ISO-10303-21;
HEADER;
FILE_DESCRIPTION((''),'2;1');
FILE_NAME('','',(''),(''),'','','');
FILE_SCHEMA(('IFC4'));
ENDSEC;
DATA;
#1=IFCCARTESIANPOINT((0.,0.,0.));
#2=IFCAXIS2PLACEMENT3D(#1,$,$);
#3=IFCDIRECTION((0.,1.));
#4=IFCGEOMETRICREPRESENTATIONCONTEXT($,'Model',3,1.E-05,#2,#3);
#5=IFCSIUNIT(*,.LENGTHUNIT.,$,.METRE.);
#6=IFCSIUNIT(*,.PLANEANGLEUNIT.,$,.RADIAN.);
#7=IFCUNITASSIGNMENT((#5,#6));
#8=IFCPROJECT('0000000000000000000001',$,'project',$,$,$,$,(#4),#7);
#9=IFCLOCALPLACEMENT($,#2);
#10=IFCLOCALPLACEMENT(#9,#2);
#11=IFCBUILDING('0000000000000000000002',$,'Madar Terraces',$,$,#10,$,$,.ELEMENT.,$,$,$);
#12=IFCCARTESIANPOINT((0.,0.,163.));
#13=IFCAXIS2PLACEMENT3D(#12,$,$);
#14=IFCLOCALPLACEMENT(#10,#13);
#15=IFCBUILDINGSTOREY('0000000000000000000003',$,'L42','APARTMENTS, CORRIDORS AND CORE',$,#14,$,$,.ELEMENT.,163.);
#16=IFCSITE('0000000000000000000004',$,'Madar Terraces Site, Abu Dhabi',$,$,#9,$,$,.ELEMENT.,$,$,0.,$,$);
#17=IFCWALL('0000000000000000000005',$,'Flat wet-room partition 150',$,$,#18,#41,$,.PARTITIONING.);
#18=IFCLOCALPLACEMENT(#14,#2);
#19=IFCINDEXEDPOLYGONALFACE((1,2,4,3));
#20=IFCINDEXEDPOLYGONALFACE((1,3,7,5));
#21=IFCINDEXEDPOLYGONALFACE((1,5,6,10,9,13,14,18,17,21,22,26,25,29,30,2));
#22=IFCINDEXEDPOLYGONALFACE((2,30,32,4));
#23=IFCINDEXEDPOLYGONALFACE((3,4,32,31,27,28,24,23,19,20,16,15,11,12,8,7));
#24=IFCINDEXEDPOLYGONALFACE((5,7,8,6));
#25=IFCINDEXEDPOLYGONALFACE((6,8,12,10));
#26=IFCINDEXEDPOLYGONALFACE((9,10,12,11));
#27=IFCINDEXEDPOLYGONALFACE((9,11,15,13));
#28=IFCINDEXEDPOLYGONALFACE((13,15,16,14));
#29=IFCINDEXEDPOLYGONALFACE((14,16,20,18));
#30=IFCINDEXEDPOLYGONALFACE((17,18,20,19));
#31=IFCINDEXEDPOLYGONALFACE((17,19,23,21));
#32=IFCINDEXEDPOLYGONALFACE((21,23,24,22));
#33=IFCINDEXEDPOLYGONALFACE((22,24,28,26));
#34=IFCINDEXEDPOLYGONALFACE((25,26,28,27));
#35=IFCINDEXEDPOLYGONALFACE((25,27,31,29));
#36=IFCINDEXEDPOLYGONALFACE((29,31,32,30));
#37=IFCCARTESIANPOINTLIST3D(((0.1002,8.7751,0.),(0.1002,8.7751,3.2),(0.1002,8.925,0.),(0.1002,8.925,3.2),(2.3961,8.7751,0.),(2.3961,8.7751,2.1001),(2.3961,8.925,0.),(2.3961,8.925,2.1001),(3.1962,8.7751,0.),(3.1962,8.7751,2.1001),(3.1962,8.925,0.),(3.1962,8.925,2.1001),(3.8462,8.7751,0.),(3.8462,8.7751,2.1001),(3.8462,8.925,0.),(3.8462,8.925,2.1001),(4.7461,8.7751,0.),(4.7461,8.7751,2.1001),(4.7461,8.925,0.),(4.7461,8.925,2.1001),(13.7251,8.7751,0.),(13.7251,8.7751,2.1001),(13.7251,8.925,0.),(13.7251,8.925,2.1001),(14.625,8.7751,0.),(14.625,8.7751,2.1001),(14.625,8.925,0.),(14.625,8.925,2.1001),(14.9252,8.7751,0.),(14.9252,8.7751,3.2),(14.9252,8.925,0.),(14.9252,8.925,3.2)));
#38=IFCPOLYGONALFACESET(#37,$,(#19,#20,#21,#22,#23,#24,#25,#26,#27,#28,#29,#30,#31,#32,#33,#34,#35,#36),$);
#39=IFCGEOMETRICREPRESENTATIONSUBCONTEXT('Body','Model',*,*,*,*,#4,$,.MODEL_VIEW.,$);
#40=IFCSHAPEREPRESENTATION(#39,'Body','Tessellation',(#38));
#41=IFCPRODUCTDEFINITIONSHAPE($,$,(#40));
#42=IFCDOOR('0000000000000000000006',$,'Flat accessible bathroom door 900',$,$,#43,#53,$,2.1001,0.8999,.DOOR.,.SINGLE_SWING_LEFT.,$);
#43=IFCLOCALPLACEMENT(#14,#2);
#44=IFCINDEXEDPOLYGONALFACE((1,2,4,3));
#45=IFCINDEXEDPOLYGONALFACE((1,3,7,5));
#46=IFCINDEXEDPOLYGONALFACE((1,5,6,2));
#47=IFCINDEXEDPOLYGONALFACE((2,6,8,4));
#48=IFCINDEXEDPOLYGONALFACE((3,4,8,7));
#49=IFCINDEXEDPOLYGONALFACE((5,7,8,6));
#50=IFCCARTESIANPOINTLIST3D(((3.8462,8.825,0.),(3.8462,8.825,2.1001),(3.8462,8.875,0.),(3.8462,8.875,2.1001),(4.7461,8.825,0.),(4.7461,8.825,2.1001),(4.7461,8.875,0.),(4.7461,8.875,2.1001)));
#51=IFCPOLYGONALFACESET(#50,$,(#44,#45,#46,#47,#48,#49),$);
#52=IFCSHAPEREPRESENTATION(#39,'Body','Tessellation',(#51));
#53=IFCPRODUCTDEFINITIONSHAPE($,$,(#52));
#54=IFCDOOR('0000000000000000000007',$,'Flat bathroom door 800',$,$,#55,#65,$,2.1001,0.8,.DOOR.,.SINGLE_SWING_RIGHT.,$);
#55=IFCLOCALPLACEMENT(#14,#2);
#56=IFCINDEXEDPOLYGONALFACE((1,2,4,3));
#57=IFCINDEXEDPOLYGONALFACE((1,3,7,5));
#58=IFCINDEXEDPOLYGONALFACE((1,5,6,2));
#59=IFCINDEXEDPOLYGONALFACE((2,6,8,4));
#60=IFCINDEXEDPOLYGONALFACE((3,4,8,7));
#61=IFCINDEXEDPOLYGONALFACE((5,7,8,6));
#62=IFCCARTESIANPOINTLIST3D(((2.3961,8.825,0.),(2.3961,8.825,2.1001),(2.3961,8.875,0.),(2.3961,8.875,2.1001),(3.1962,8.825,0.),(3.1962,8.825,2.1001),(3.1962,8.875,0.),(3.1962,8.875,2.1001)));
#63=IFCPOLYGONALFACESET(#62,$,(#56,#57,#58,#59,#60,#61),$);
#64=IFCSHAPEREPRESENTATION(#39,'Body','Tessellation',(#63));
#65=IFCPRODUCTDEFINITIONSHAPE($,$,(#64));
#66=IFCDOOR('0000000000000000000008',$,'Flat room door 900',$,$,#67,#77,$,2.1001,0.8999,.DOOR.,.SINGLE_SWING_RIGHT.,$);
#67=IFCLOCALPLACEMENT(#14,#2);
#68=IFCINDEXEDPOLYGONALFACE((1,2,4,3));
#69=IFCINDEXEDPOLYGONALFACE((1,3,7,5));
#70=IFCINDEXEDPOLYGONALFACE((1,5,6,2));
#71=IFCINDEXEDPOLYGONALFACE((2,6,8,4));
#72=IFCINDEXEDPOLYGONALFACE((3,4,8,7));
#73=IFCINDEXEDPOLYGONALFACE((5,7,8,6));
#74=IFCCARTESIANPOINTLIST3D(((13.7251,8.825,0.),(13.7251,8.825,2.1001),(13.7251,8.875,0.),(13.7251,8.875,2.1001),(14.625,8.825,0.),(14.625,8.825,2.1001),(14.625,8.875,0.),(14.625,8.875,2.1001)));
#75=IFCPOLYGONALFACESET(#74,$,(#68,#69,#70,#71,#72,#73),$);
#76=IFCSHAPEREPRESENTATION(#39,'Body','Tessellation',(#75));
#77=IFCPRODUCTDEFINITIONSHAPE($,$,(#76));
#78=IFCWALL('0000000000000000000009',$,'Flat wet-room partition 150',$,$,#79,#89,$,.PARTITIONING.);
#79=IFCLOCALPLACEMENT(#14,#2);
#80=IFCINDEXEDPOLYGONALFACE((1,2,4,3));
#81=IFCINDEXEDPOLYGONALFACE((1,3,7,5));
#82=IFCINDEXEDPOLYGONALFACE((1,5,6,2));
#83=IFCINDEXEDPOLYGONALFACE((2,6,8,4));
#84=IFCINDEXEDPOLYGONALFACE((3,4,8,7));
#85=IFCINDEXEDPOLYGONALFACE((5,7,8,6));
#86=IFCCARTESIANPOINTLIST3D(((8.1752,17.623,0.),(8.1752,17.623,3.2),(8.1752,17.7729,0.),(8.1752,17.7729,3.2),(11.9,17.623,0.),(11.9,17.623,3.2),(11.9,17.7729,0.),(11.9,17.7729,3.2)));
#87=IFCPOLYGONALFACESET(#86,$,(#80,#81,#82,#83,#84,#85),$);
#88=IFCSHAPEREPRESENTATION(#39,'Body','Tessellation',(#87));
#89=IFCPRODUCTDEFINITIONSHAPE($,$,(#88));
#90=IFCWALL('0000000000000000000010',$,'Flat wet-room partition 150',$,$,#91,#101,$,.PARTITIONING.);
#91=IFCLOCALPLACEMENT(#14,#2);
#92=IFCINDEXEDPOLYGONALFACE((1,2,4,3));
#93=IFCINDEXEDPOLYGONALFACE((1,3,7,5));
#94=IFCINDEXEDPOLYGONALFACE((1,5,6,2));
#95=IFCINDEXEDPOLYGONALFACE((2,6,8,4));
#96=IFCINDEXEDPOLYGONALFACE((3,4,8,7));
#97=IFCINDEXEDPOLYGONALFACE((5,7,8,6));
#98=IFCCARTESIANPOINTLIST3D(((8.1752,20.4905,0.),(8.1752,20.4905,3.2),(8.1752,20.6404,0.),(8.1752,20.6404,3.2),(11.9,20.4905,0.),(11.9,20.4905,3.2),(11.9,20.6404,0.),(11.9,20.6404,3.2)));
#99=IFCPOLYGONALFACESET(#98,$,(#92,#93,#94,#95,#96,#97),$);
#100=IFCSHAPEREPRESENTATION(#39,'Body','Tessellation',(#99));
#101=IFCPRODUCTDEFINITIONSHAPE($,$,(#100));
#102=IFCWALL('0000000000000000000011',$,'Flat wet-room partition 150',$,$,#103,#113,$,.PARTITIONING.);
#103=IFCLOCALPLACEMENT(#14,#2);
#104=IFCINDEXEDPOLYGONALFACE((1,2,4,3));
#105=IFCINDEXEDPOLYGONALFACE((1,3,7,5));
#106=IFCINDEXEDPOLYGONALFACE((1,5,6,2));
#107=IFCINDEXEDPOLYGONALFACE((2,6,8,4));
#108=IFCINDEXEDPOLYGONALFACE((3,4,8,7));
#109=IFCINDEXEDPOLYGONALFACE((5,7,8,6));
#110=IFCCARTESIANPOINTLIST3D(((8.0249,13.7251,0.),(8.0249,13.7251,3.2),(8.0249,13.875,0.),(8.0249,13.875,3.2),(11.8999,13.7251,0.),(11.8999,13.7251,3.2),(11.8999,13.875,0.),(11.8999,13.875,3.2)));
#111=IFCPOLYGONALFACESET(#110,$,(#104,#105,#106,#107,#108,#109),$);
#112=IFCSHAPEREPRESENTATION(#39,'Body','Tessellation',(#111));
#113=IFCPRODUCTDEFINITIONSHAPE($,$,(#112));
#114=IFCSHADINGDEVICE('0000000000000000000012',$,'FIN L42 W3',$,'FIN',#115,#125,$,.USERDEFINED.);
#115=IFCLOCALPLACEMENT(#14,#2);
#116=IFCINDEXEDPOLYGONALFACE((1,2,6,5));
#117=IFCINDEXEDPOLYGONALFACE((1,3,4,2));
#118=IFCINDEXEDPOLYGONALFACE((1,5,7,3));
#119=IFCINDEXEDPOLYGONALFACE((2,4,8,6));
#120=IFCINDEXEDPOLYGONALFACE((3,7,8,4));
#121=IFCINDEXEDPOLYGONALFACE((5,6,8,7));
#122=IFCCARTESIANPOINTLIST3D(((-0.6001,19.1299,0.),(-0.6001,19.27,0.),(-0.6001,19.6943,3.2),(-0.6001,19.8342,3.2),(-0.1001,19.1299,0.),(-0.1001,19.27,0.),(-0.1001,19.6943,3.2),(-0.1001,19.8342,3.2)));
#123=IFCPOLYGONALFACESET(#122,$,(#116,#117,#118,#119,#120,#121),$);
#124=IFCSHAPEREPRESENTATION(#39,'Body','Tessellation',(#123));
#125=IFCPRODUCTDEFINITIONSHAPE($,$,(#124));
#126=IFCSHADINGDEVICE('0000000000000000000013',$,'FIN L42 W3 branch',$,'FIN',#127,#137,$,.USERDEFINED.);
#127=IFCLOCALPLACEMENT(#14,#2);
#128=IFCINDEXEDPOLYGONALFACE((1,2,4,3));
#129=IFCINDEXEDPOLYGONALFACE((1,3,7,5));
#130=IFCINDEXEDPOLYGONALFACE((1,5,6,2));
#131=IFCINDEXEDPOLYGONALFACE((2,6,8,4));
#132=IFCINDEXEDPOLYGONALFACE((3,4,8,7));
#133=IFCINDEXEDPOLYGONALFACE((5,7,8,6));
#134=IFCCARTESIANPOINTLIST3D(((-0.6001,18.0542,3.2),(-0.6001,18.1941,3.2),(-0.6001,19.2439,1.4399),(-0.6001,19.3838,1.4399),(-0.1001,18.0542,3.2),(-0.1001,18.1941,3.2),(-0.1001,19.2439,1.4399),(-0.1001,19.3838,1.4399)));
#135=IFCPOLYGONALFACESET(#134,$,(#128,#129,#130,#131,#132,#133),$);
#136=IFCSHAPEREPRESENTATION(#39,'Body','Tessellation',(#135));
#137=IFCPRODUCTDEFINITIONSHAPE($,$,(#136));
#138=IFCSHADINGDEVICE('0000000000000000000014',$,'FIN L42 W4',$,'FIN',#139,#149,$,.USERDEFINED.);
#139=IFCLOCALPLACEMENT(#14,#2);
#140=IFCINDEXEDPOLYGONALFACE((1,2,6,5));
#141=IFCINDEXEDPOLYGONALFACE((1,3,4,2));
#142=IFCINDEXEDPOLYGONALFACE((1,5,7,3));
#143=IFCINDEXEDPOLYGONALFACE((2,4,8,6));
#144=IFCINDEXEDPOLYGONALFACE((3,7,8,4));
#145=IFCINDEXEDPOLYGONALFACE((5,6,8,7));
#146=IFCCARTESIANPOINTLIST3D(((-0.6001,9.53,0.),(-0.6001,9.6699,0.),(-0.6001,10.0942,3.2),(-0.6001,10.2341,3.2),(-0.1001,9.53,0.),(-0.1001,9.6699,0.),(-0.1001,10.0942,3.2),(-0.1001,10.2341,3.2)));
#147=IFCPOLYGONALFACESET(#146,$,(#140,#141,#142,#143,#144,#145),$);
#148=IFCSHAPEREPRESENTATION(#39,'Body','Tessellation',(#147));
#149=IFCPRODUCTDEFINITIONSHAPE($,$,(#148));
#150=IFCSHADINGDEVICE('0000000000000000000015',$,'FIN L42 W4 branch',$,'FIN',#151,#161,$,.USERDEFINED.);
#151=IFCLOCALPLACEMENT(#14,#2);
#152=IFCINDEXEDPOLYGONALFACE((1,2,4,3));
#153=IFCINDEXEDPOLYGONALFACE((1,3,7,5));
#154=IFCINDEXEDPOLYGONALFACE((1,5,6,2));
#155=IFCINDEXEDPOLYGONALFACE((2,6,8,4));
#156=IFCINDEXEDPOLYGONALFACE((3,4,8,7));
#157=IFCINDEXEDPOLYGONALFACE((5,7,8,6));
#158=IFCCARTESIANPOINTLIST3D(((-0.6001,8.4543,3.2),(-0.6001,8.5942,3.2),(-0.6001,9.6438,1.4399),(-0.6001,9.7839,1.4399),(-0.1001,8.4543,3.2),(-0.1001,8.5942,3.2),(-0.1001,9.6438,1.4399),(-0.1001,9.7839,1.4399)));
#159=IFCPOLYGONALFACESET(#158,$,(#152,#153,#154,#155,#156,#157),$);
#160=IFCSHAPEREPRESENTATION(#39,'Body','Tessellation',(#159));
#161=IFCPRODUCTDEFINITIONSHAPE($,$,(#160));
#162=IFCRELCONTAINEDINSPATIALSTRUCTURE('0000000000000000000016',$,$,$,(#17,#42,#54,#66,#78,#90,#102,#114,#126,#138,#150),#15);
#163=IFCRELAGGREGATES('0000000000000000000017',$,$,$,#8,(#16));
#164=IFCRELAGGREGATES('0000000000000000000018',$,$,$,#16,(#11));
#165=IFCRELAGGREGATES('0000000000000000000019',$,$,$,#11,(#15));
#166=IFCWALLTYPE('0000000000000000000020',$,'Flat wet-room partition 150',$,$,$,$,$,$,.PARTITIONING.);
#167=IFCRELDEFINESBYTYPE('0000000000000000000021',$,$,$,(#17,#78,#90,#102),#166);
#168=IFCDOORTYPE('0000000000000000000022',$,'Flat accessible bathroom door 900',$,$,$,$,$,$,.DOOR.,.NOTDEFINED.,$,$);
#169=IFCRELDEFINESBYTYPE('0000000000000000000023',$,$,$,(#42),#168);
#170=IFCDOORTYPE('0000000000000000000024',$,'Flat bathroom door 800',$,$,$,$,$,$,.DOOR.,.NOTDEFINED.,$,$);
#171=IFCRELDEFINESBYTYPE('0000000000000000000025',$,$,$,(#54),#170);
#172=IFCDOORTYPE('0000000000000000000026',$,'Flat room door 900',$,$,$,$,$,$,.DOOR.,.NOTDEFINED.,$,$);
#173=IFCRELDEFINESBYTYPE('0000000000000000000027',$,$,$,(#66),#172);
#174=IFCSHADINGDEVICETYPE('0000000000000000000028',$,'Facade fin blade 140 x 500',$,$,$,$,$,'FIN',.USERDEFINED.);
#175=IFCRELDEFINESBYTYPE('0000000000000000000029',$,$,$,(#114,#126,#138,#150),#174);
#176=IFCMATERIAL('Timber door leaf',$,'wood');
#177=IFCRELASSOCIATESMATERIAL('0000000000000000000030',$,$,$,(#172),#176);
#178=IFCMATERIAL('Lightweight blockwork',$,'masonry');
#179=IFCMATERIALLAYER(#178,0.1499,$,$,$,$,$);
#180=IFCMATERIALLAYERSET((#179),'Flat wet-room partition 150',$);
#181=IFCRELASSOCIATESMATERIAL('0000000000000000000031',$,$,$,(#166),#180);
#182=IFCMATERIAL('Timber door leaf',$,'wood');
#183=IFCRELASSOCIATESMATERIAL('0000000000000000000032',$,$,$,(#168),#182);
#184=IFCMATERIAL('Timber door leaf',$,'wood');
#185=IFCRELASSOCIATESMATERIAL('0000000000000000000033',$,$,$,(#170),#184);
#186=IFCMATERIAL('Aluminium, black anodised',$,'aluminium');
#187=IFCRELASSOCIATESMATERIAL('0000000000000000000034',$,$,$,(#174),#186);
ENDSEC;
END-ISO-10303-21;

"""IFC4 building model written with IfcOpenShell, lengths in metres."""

from ifc_helpers import new_model, si_unit, direction, frame, frame_2d, origin, place, context, subcontext, project, spatial, polyline, rectangle, outline, extrude, material, layer, layer_set, type_object, element, fill, save


model = new_model("IFC4")

# Units and contexts
model_context = context("Model", 3, precision=1e-05, world=origin(), true_north=direction((0.0, 1.0)))
body_context = subcontext(model_context, "Body", "Model", "MODEL_VIEW")
ifc_project = project(units=[si_unit("LENGTHUNIT", "METRE"), si_unit("PLANEANGLEUNIT", "RADIAN")], contexts=[model_context])

# Site, building, storey
site_placement = place(None, origin())
site = spatial("IfcSite", under=ifc_project, at=site_placement, Name="Madar Terraces Site, Abu Dhabi", CompositionType="ELEMENT", RefElevation=0.0)
building_placement = place(site_placement, origin())
building = spatial("IfcBuilding", under=site, at=building_placement, Name="Madar Terraces", CompositionType="ELEMENT")
storey_placement = place(building_placement, frame((0.0, 0.0, 163.0)))
storey = spatial("IfcBuildingStorey", under=building, at=storey_placement, Name="L42", Description="APARTMENTS, CORRIDORS AND CORE", CompositionType="ELEMENT", Elevation=163.0)

# Shared definitions
ifc_material_1 = material(Name="Timber door leaf", Category="wood")
door_type_1 = type_object("IfcDoorType", Name="Flat room door 900", OperationType="NOTDEFINED", PredefinedType="DOOR", material=ifc_material_1)

# Shared definitions
ifc_material_2 = material(Name="Lightweight blockwork", Category="masonry")
ifc_layer_1 = layer(ifc_material_2, 0.1499)
ifc_layer_set_1 = layer_set([ifc_layer_1], Name="Flat wet-room partition 150")
wall_type_1 = type_object("IfcWallType", Name="Flat wet-room partition 150", PredefinedType="PARTITIONING", material=ifc_layer_set_1)

# Wall, openings, doors
wall_1_placement = place(storey_placement, frame((0.1001, 8.8501, 0.0), z_axis=(0.0, 0.0, 1.0), x_axis=(1.0, 0.0, 0.0)))
wall_1 = element("IfcWall", 1, at=wall_1_placement, inside=storey, type_object=wall_type_1, Name="Flat wet-room partition 150", PredefinedType="PARTITIONING", context=body_context, shape_type="SweptSolid", body=[
    extrude(rectangle(XDim=14.825, YDim=0.1499, at=frame_2d((7.4126, 0.0))), origin(), (0.0, 0.0, 1.0), 3.2),
])
opening_1_placement = place(wall_1_placement, frame((13.625, 0.0, 0.0)))
opening_1 = element("IfcOpeningElement", 2, at=opening_1_placement, cuts=wall_1, PredefinedType="OPENING", context=body_context, shape_type="SweptSolid", body=[
    extrude(rectangle(XDim=0.8999, YDim=2.1001, at=frame_2d((0.45, 1.05))), frame((0.0, 0.085, 0.0), z_axis=(0.0, -1.0, 0.0), x_axis=(1.0, 0.0, 0.0)), (0.0, 0.0, 1.0), 0.1699),
])
opening_2_placement = place(wall_1_placement, frame((3.7461, 0.0, 0.0)))
opening_2 = element("IfcOpeningElement", 3, at=opening_2_placement, cuts=wall_1, PredefinedType="OPENING", context=body_context, shape_type="SweptSolid", body=[
    extrude(rectangle(XDim=0.8999, YDim=2.1001, at=frame_2d((0.45, 1.05))), frame((0.0, 0.085, 0.0), z_axis=(0.0, -1.0, 0.0), x_axis=(1.0, 0.0, 0.0)), (0.0, 0.0, 1.0), 0.1699),
])
opening_3_placement = place(wall_1_placement, frame((2.2961, 0.0, 0.0)))
opening_3 = element("IfcOpeningElement", 4, at=opening_3_placement, cuts=wall_1, PredefinedType="OPENING", context=body_context, shape_type="SweptSolid", body=[
    extrude(rectangle(XDim=0.8, YDim=2.1001, at=frame_2d((0.3999, 1.05))), frame((0.0, 0.085, 0.0), z_axis=(0.0, -1.0, 0.0), x_axis=(1.0, 0.0, 0.0)), (0.0, 0.0, 1.0), 0.1699),
])
ifc_material_3 = material(Name="Timber door leaf", Category="wood")
door_type_2 = type_object("IfcDoorType", Name="Flat accessible bathroom door 900", OperationType="NOTDEFINED", PredefinedType="DOOR", material=ifc_material_3)
door_1_placement = place(opening_2_placement, origin())
door_1 = element("IfcDoor", 5, at=door_1_placement, inside=storey, type_object=door_type_2, Name="Flat accessible bathroom door 900", OperationType="SINGLE_SWING_LEFT", OverallHeight=2.1001, OverallWidth=0.8999, PredefinedType="DOOR", context=body_context, shape_type="SweptSolid", body=[
    extrude(rectangle(XDim=0.8999, YDim=2.1001, at=frame_2d((0.45, 1.05))), frame((0.0, 0.0249, 0.0), z_axis=(0.0, -1.0, 0.0), x_axis=(1.0, 0.0, 0.0)), (0.0, 0.0, 1.0), 0.05),
])
fill(opening_2, door_1)
ifc_material_4 = material(Name="Timber door leaf", Category="wood")
door_type_3 = type_object("IfcDoorType", Name="Flat bathroom door 800", OperationType="NOTDEFINED", PredefinedType="DOOR", material=ifc_material_4)
door_2_placement = place(opening_3_placement, origin())
door_2 = element("IfcDoor", 6, at=door_2_placement, inside=storey, type_object=door_type_3, Name="Flat bathroom door 800", OperationType="SINGLE_SWING_RIGHT", OverallHeight=2.1001, OverallWidth=0.8, PredefinedType="DOOR", context=body_context, shape_type="SweptSolid", body=[
    extrude(rectangle(XDim=0.8, YDim=2.1001, at=frame_2d((0.3999, 1.05))), frame((0.0, 0.0249, 0.0), z_axis=(0.0, -1.0, 0.0), x_axis=(1.0, 0.0, 0.0)), (0.0, 0.0, 1.0), 0.05),
])
fill(opening_3, door_2)
door_3_placement = place(opening_1_placement, origin())
door_3 = element("IfcDoor", 7, at=door_3_placement, inside=storey, type_object=door_type_1, Name="Flat room door 900", OperationType="SINGLE_SWING_RIGHT", OverallHeight=2.1001, OverallWidth=0.8999, PredefinedType="DOOR", context=body_context, shape_type="SweptSolid", body=[
    extrude(rectangle(XDim=0.8999, YDim=2.1001, at=frame_2d((0.45, 1.05))), frame((0.0, 0.0249, 0.0), z_axis=(0.0, -1.0, 0.0), x_axis=(1.0, 0.0, 0.0)), (0.0, 0.0, 1.0), 0.05),
])
fill(opening_1, door_3)

# Walls
for number, where, z_axis, x_axis, name in (
    (8, (11.8999, 17.698, 0.0), (0.0, 0.0, 1.0), (-1.0, 0.0, 0.0), "Flat wet-room partition 150"),
    (9, (11.8999, 20.5654, 0.0), (0.0, 0.0, 1.0), (-1.0, 0.0, 0.0), "Flat wet-room partition 150"),
):
    element("IfcWall", number, at=place(storey_placement, frame(where, z_axis=z_axis, x_axis=x_axis)), inside=storey, type_object=wall_type_1, Name=name, PredefinedType="PARTITIONING", context=body_context, shape_type="SweptSolid", body=[
        extrude(rectangle(XDim=3.7249, YDim=0.1499, at=frame_2d((1.8623, 0.0))), origin(), (0.0, 0.0, 1.0), 3.2),
    ])
wall_2_placement = place(storey_placement, frame((11.8999, 13.8, 0.0), z_axis=(0.0, 0.0, 1.0), x_axis=(-1.0, 0.0, 0.0)))
element("IfcWall", 10, at=wall_2_placement, inside=storey, type_object=wall_type_1, Name="Flat wet-room partition 150", PredefinedType="PARTITIONING", context=body_context, shape_type="SweptSolid", body=[
    extrude(rectangle(XDim=3.875, YDim=0.1499, at=frame_2d((1.9375, 0.0))), origin(), (0.0, 0.0, 1.0), 3.2),
])

# Shading devices
ifc_material_5 = material(Name="Aluminium, black anodised", Category="aluminium")
shading_device_type = type_object("IfcShadingDeviceType", Name="Facade fin blade 140 x 500", ElementType="FIN", PredefinedType="USERDEFINED", material=ifc_material_5)
shading_device_1_placement = place(storey_placement, frame((-0.3501, 19.27, 0.0), z_axis=(0.0, 0.0, 1.0), x_axis=(0.0, -1.0, 0.0)))
element("IfcShadingDevice", 11, at=shading_device_1_placement, inside=storey, type_object=shading_device_type, Name="FIN L42 W3", ObjectType="FIN", PredefinedType="USERDEFINED", context=body_context, shape_type="SweptSolid", body=[
    extrude(outline(polyline([(0.0, 0.0), (0.1401, 0.0), (-0.4243, 3.2), (-0.5642, 3.2), (0.0, 0.0)])), frame((0.0, 0.25, 0.0), z_axis=(0.0, -1.0, 0.0), x_axis=(1.0, 0.0, 0.0)), (0.0, 0.0, 1.0), 0.5),
])
shading_device_2_placement = place(storey_placement, frame((-0.3501, 19.3838, 1.4399), z_axis=(0.0, 0.0, 1.0), x_axis=(0.0, -1.0, 0.0)))
element("IfcShadingDevice", 12, at=shading_device_2_placement, inside=storey, type_object=shading_device_type, Name="FIN L42 W3 branch", ObjectType="FIN", PredefinedType="USERDEFINED", context=body_context, shape_type="SweptSolid", body=[
    extrude(outline(polyline([(0.0, 0.0), (0.1399, 0.0), (1.3296, 1.76), (1.1897, 1.76), (0.0, 0.0)])), frame((0.0, 0.25, 0.0), z_axis=(0.0, -1.0, 0.0), x_axis=(1.0, 0.0, 0.0)), (0.0, 0.0, 1.0), 0.5),
])
shading_device_3_placement = place(storey_placement, frame((-0.3501, 9.6699, 0.0), z_axis=(0.0, 0.0, 1.0), x_axis=(0.0, -1.0, 0.0)))
element("IfcShadingDevice", 13, at=shading_device_3_placement, inside=storey, type_object=shading_device_type, Name="FIN L42 W4", ObjectType="FIN", PredefinedType="USERDEFINED", context=body_context, shape_type="SweptSolid", body=[
    extrude(outline(polyline([(0.0, 0.0), (0.1399, 0.0), (-0.4243, 3.2), (-0.5642, 3.2), (0.0, 0.0)])), frame((0.0, 0.25, 0.0), z_axis=(0.0, -1.0, 0.0), x_axis=(1.0, 0.0, 0.0)), (0.0, 0.0, 1.0), 0.5),
])
shading_device_4_placement = place(storey_placement, frame((-0.3501, 9.7839, 1.4399), z_axis=(0.0, 0.0, 1.0), x_axis=(0.0, -1.0, 0.0)))
element("IfcShadingDevice", 14, at=shading_device_4_placement, inside=storey, type_object=shading_device_type, Name="FIN L42 W4 branch", ObjectType="FIN", PredefinedType="USERDEFINED", context=body_context, shape_type="SweptSolid", body=[
    extrude(outline(polyline([(0.0, 0.0), (0.1401, 0.0), (1.3296, 1.76), (1.1897, 1.76), (0.0, 0.0)])), frame((0.0, 0.25, 0.0), z_axis=(0.0, -1.0, 0.0), x_axis=(1.0, 0.0, 0.0)), (0.0, 0.0, 1.0), 0.5),
])

save(model, "model.ifc")
